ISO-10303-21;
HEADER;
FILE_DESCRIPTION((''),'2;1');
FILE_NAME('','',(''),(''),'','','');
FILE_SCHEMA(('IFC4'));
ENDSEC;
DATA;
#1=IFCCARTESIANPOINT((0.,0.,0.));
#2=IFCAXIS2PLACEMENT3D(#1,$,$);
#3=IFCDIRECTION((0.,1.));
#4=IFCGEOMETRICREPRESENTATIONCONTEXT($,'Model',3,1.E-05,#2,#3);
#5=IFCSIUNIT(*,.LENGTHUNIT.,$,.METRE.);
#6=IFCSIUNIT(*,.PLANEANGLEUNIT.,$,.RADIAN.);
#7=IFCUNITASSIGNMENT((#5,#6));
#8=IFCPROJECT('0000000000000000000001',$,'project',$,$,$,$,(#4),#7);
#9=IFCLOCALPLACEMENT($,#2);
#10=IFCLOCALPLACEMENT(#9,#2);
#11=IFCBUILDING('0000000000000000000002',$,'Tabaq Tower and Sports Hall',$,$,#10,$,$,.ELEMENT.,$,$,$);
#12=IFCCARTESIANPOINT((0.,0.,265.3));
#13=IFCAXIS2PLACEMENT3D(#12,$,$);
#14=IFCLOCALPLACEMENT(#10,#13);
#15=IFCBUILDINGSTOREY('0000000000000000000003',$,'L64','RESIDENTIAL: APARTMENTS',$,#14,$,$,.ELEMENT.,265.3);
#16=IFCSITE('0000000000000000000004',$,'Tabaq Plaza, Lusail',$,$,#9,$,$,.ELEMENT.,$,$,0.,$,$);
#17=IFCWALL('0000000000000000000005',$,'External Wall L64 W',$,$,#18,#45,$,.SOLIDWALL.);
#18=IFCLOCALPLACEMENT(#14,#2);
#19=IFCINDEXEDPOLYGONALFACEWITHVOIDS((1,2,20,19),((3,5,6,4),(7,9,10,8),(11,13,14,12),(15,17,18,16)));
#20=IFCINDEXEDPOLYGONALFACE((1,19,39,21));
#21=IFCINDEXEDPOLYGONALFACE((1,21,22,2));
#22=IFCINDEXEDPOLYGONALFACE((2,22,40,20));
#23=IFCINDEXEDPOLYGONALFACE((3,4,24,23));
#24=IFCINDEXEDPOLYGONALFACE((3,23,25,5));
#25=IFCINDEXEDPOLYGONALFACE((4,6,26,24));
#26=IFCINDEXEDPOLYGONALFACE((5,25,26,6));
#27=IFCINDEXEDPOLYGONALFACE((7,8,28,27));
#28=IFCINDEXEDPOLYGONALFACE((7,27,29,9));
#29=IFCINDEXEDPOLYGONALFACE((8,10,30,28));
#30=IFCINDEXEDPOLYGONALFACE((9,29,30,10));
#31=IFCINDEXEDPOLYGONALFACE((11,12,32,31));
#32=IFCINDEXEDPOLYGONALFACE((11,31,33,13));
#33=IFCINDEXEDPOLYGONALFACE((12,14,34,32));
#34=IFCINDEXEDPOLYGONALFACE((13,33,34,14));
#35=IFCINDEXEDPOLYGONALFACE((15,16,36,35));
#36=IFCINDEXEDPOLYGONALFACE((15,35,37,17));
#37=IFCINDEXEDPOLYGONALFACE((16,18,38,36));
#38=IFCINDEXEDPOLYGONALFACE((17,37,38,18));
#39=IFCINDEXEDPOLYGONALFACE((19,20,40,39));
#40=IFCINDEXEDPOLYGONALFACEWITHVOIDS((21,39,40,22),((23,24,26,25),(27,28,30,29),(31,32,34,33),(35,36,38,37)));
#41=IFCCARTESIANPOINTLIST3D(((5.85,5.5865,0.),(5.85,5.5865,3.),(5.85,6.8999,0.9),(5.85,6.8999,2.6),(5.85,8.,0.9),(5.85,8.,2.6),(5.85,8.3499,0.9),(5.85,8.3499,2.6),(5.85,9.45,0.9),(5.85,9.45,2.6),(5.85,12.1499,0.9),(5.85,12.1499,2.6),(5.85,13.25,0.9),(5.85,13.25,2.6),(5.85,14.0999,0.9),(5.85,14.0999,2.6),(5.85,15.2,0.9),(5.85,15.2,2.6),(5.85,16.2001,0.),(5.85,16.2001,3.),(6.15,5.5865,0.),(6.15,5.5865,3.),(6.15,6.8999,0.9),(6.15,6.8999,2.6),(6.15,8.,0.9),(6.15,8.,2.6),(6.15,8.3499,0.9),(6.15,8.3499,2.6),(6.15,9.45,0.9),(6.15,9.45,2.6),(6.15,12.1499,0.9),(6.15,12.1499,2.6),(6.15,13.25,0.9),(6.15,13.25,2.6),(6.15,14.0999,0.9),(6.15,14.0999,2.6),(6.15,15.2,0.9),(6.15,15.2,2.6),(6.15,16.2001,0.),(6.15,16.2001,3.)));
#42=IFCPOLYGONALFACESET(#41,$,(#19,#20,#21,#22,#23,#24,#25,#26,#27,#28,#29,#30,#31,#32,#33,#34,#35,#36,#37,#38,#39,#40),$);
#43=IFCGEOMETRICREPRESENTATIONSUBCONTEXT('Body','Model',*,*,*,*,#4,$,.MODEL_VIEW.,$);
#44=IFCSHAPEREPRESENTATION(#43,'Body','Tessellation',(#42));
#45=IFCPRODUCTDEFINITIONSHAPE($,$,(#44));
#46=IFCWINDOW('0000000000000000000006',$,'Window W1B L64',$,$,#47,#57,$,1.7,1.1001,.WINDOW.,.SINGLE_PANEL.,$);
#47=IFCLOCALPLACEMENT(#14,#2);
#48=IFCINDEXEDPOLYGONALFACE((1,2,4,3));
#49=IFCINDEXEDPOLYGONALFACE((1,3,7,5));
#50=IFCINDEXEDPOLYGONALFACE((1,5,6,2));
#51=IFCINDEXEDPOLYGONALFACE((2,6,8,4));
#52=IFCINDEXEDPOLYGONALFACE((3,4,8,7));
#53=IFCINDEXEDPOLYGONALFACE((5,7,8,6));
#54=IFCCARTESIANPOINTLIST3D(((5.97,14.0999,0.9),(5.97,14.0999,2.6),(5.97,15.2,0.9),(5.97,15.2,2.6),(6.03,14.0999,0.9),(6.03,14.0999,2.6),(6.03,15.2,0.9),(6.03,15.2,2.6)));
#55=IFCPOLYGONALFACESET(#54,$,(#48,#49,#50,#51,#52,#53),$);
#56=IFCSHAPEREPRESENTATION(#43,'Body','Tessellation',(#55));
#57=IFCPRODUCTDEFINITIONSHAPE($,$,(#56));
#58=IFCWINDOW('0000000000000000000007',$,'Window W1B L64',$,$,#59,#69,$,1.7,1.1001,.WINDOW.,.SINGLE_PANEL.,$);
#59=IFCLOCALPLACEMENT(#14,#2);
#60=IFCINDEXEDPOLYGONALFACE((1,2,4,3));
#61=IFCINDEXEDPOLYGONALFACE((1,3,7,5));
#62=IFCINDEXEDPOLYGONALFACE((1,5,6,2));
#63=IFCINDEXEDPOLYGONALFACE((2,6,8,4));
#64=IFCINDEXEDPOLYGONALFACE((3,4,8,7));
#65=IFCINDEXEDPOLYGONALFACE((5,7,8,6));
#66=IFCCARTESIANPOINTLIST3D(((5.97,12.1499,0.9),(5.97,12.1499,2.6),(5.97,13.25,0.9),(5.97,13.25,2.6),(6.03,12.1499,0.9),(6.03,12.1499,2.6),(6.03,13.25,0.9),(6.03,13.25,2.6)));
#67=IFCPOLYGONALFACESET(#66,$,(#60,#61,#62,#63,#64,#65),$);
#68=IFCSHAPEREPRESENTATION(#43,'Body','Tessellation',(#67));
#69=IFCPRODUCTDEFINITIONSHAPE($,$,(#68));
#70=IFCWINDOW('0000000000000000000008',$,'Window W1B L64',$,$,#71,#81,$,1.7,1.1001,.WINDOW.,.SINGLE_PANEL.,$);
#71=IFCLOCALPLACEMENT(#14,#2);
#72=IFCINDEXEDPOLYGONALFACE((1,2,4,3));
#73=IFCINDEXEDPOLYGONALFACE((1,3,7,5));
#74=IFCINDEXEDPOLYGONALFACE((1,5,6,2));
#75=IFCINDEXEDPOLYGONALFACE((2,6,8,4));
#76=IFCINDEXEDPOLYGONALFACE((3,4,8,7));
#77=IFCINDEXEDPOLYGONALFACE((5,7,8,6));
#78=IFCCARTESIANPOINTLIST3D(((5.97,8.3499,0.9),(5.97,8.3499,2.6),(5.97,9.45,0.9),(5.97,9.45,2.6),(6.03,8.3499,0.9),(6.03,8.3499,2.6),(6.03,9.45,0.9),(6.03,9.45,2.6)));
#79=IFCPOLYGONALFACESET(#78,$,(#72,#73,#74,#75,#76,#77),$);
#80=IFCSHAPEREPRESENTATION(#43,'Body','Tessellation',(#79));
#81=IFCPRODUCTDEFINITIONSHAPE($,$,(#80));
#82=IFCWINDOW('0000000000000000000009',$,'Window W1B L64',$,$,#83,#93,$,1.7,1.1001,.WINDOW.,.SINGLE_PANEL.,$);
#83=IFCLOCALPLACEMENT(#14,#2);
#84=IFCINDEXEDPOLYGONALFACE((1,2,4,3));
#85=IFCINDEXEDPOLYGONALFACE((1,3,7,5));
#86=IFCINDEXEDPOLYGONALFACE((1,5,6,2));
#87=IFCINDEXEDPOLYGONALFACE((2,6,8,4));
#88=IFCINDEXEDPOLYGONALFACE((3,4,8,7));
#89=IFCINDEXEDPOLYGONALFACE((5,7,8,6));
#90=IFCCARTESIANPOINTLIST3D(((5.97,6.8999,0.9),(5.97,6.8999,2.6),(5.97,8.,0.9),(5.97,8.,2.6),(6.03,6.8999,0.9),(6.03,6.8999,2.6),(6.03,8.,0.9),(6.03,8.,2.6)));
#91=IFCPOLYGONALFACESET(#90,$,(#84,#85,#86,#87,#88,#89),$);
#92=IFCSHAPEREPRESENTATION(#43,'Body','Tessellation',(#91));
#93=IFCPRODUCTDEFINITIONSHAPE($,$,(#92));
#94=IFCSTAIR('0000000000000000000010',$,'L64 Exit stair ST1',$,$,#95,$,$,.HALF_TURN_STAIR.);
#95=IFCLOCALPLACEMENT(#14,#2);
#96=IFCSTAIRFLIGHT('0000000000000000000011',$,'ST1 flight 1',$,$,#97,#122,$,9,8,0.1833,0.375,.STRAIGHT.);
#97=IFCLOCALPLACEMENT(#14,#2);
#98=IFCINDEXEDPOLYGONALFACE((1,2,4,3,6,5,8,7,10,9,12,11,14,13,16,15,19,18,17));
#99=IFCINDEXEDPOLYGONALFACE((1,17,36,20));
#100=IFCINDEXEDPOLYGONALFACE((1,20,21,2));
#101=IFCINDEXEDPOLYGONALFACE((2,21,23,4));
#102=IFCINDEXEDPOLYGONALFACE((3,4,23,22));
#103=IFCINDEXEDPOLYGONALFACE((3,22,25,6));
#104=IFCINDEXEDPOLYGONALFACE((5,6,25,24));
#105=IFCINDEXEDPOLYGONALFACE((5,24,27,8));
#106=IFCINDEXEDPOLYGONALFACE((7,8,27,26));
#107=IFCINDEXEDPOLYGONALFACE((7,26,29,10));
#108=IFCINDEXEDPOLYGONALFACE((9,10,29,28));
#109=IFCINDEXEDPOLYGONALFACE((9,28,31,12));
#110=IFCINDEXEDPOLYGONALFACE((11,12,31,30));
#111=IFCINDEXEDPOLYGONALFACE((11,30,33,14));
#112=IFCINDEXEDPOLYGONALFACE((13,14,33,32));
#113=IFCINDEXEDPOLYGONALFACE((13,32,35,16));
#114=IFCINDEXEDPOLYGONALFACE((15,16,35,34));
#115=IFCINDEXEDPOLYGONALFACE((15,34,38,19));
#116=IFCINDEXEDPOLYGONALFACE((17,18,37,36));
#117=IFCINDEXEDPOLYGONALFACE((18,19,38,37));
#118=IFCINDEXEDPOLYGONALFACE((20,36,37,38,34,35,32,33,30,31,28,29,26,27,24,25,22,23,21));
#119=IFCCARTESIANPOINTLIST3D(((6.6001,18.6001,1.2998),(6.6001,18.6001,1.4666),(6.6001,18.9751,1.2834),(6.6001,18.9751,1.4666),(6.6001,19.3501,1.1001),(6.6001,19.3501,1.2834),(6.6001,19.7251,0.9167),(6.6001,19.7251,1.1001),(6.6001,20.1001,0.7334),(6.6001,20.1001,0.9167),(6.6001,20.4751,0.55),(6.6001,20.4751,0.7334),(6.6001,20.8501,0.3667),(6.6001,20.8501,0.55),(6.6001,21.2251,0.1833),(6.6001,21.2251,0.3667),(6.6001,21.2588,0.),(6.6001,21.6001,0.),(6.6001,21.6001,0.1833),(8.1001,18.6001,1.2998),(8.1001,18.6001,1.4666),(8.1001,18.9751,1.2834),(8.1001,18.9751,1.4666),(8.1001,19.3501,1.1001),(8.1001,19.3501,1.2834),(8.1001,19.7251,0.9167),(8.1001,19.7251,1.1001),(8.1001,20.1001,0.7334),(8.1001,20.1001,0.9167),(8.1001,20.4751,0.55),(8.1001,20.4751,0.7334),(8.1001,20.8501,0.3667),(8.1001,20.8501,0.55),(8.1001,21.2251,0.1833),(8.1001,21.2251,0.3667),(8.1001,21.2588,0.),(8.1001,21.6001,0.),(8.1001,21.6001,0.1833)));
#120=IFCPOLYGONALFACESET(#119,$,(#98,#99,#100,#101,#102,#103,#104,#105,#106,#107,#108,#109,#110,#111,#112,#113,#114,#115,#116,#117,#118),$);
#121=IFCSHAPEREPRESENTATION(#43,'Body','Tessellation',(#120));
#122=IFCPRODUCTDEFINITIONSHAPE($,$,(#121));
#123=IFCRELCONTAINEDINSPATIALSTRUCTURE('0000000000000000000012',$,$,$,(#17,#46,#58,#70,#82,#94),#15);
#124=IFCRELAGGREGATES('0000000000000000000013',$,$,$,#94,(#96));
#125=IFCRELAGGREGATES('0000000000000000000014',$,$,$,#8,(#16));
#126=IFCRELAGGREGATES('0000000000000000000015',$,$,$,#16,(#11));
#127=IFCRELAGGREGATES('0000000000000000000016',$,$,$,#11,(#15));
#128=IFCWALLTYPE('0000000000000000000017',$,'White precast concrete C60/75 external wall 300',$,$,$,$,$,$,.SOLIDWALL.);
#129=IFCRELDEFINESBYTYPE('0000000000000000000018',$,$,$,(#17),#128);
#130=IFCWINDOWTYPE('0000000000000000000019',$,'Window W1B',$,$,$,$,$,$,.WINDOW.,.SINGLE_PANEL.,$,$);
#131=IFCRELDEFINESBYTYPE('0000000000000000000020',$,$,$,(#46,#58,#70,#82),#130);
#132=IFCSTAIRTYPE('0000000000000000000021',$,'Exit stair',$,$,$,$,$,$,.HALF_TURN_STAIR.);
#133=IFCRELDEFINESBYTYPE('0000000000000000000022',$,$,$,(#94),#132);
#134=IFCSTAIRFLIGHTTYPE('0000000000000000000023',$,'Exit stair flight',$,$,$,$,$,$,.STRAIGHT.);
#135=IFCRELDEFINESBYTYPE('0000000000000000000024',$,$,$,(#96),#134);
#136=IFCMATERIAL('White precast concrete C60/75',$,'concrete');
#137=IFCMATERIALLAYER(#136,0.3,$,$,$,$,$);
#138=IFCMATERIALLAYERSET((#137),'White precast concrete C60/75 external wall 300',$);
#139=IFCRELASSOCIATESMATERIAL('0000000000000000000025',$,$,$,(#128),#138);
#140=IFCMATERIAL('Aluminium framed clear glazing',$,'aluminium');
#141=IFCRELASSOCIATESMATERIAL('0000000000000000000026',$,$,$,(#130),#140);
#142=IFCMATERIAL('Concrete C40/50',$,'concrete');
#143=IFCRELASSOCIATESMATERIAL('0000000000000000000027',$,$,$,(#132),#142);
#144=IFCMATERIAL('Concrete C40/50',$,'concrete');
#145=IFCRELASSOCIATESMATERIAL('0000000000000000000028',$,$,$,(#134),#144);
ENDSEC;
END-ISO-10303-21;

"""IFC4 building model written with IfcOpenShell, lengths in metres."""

from ifc_helpers import new_model, si_unit, direction, frame, frame_2d, origin, place, context, subcontext, project, spatial, polyline, rectangle, outline, extrude, material, layer, layer_set, type_object, element, fill, aggregate, save


model = new_model("IFC4")

# Units and contexts
model_context = context("Model", 3, precision=1e-05, world=origin(), true_north=direction((0.0, 1.0)))
body_context = subcontext(model_context, "Body", "Model", "MODEL_VIEW")
ifc_project = project(units=[si_unit("LENGTHUNIT", "METRE"), si_unit("PLANEANGLEUNIT", "RADIAN")], contexts=[model_context])

# Site, building, storey
site_placement = place(None, origin())
site = spatial("IfcSite", under=ifc_project, at=site_placement, Name="Tabaq Plaza, Lusail", CompositionType="ELEMENT", RefElevation=0.0)
building_placement = place(site_placement, origin())
building = spatial("IfcBuilding", under=site, at=building_placement, Name="Tabaq Tower and Sports Hall", CompositionType="ELEMENT")
storey_placement = place(building_placement, frame((0.0, 0.0, 265.3)))
storey = spatial("IfcBuildingStorey", under=building, at=storey_placement, Name="L64", Description="RESIDENTIAL: APARTMENTS", CompositionType="ELEMENT", Elevation=265.3)

# Wall, openings, windows
ifc_material_1 = material(Name="White precast concrete C60/75", Category="concrete")
ifc_layer_1 = layer(ifc_material_1, 0.3)
ifc_layer_set_1 = layer_set([ifc_layer_1], Name="White precast concrete C60/75 external wall 300")
wall_type_1 = type_object("IfcWallType", Name="White precast concrete C60/75 external wall 300", PredefinedType="SOLIDWALL", material=ifc_layer_set_1)
wall_1_placement = place(storey_placement, frame((6.0, 16.2, 0.0), z_axis=(0.0, 0.0, 1.0), x_axis=(0.0, -1.0, 0.0)))
wall_1 = element("IfcWall", 1, at=wall_1_placement, inside=storey, type_object=wall_type_1, Name="External Wall L64 W", PredefinedType="SOLIDWALL", context=body_context, shape_type="SweptSolid", body=[
    extrude(rectangle(XDim=10.6135, YDim=0.3, at=frame_2d((5.3066, 0.0))), origin(), (0.0, 0.0, 1.0), 3.0),
])
opening_1_placement = place(wall_1_placement, frame((1.0, 0.0, 0.8999)))
opening_1 = element("IfcOpeningElement", 2, at=opening_1_placement, cuts=wall_1, PredefinedType="OPENING", context=body_context, shape_type="SweptSolid", body=[
    extrude(rectangle(XDim=1.1001, YDim=1.7, at=frame_2d((0.55, 0.8501))), frame((0.0, 0.1602, 0.0), z_axis=(0.0, -1.0, 0.0), x_axis=(1.0, 0.0, 0.0)), (0.0, 0.0, 1.0), 0.3201),
])
opening_2_placement = place(wall_1_placement, frame((2.95, 0.0, 0.8999)))
opening_2 = element("IfcOpeningElement", 3, at=opening_2_placement, cuts=wall_1, PredefinedType="OPENING", context=body_context, shape_type="SweptSolid", body=[
    extrude(rectangle(XDim=1.1001, YDim=1.7, at=frame_2d((0.55, 0.8501))), frame((0.0, 0.1602, 0.0), z_axis=(0.0, -1.0, 0.0), x_axis=(1.0, 0.0, 0.0)), (0.0, 0.0, 1.0), 0.3201),
])
opening_3_placement = place(wall_1_placement, frame((6.75, 0.0, 0.8999)))
opening_3 = element("IfcOpeningElement", 4, at=opening_3_placement, cuts=wall_1, PredefinedType="OPENING", context=body_context, shape_type="SweptSolid", body=[
    extrude(rectangle(XDim=1.1001, YDim=1.7, at=frame_2d((0.55, 0.8501))), frame((0.0, 0.1602, 0.0), z_axis=(0.0, -1.0, 0.0), x_axis=(1.0, 0.0, 0.0)), (0.0, 0.0, 1.0), 0.3201),
])
opening_4_placement = place(wall_1_placement, frame((8.2, 0.0, 0.8999)))
opening_4 = element("IfcOpeningElement", 5, at=opening_4_placement, cuts=wall_1, PredefinedType="OPENING", context=body_context, shape_type="SweptSolid", body=[
    extrude(rectangle(XDim=1.1001, YDim=1.7, at=frame_2d((0.55, 0.8501))), frame((0.0, 0.1602, 0.0), z_axis=(0.0, -1.0, 0.0), x_axis=(1.0, 0.0, 0.0)), (0.0, 0.0, 1.0), 0.3201),
])
ifc_material_2 = material(Name="Aluminium framed clear glazing", Category="aluminium")
window_type = type_object("IfcWindowType", Name="Window W1B", PartitioningType="SINGLE_PANEL", PredefinedType="WINDOW", material=ifc_material_2)
window_1_placement = place(opening_1_placement, origin())
window_1 = element("IfcWindow", 6, at=window_1_placement, inside=storey, type_object=window_type, Name="Window W1B L64", OverallHeight=1.7, OverallWidth=1.1001, PartitioningType="SINGLE_PANEL", PredefinedType="WINDOW", context=body_context, shape_type="SweptSolid", body=[
    extrude(rectangle(XDim=1.1001, YDim=1.7, at=frame_2d((0.55, 0.8501))), frame((0.0, 0.03, 0.0), z_axis=(0.0, -1.0, 0.0), x_axis=(1.0, 0.0, 0.0)), (0.0, 0.0, 1.0), 0.0601),
])
fill(opening_1, window_1)
window_2_placement = place(opening_2_placement, origin())
window_2 = element("IfcWindow", 7, at=window_2_placement, inside=storey, type_object=window_type, Name="Window W1B L64", OverallHeight=1.7, OverallWidth=1.1001, PartitioningType="SINGLE_PANEL", PredefinedType="WINDOW", context=body_context, shape_type="SweptSolid", body=[
    extrude(rectangle(XDim=1.1001, YDim=1.7, at=frame_2d((0.55, 0.8501))), frame((0.0, 0.03, 0.0), z_axis=(0.0, -1.0, 0.0), x_axis=(1.0, 0.0, 0.0)), (0.0, 0.0, 1.0), 0.0601),
])
fill(opening_2, window_2)
window_3_placement = place(opening_3_placement, origin())
window_3 = element("IfcWindow", 8, at=window_3_placement, inside=storey, type_object=window_type, Name="Window W1B L64", OverallHeight=1.7, OverallWidth=1.1001, PartitioningType="SINGLE_PANEL", PredefinedType="WINDOW", context=body_context, shape_type="SweptSolid", body=[
    extrude(rectangle(XDim=1.1001, YDim=1.7, at=frame_2d((0.55, 0.8501))), frame((0.0, 0.03, 0.0), z_axis=(0.0, -1.0, 0.0), x_axis=(1.0, 0.0, 0.0)), (0.0, 0.0, 1.0), 0.0601),
])
fill(opening_3, window_3)
window_4_placement = place(opening_4_placement, origin())
window_4 = element("IfcWindow", 9, at=window_4_placement, inside=storey, type_object=window_type, Name="Window W1B L64", OverallHeight=1.7, OverallWidth=1.1001, PartitioningType="SINGLE_PANEL", PredefinedType="WINDOW", context=body_context, shape_type="SweptSolid", body=[
    extrude(rectangle(XDim=1.1001, YDim=1.7, at=frame_2d((0.55, 0.8501))), frame((0.0, 0.03, 0.0), z_axis=(0.0, -1.0, 0.0), x_axis=(1.0, 0.0, 0.0)), (0.0, 0.0, 1.0), 0.0601),
])
fill(opening_4, window_4)

# Stair, stair flight
ifc_material_3 = material(Name="Concrete C40/50", Category="concrete")
stair_type = type_object("IfcStairType", Name="Exit stair", PredefinedType="HALF_TURN_STAIR", material=ifc_material_3)
stair_placement = place(storey_placement, origin())
stair = element("IfcStair", 10, at=stair_placement, inside=storey, type_object=stair_type, Name="L64 Exit stair ST1", PredefinedType="HALF_TURN_STAIR")
ifc_material_4 = material(Name="Concrete C40/50", Category="concrete")
stair_flight_type = type_object("IfcStairFlightType", Name="Exit stair flight", PredefinedType="STRAIGHT", material=ifc_material_4)
stair_flight_placement = place(storey_placement, frame((7.3501, 21.6001, 0.0), z_axis=(0.0, 0.0, 1.0), x_axis=(0.0, -1.0, 0.0)))
stair_flight = element("IfcStairFlight", 11, at=stair_flight_placement, type_object=stair_flight_type, Name="ST1 flight 1", NumberOfRisers=9, NumberOfTreads=8, PredefinedType="STRAIGHT", RiserHeight=0.1833, TreadLength=0.375, context=body_context, shape_type="SweptSolid", body=[
    extrude(outline(polyline([(0.0, 0.0), (0.0, 0.1833), (0.375, 0.1833), (0.375, 0.3667), (0.75, 0.3667), (0.75, 0.55), (1.125, 0.55), (1.125, 0.7334), (1.5, 0.7334), (1.5, 0.9167), (1.875, 0.9167), (1.875, 1.1001), (2.25, 1.1001), (2.25, 1.2834), (2.625, 1.2834), (2.625, 1.4666), (3.0, 1.4666), (3.0, 1.6499), (3.0, 1.2998), (0.3413, 0.0), (0.0, 0.0)])), frame((0.0, 0.75, 0.0), z_axis=(0.0, -1.0, 0.0), x_axis=(1.0, 0.0, 0.0)), (0.0, 0.0, 1.0), 1.5),
])
aggregate(stair, [stair_flight])

save(model, "model.ifc")
